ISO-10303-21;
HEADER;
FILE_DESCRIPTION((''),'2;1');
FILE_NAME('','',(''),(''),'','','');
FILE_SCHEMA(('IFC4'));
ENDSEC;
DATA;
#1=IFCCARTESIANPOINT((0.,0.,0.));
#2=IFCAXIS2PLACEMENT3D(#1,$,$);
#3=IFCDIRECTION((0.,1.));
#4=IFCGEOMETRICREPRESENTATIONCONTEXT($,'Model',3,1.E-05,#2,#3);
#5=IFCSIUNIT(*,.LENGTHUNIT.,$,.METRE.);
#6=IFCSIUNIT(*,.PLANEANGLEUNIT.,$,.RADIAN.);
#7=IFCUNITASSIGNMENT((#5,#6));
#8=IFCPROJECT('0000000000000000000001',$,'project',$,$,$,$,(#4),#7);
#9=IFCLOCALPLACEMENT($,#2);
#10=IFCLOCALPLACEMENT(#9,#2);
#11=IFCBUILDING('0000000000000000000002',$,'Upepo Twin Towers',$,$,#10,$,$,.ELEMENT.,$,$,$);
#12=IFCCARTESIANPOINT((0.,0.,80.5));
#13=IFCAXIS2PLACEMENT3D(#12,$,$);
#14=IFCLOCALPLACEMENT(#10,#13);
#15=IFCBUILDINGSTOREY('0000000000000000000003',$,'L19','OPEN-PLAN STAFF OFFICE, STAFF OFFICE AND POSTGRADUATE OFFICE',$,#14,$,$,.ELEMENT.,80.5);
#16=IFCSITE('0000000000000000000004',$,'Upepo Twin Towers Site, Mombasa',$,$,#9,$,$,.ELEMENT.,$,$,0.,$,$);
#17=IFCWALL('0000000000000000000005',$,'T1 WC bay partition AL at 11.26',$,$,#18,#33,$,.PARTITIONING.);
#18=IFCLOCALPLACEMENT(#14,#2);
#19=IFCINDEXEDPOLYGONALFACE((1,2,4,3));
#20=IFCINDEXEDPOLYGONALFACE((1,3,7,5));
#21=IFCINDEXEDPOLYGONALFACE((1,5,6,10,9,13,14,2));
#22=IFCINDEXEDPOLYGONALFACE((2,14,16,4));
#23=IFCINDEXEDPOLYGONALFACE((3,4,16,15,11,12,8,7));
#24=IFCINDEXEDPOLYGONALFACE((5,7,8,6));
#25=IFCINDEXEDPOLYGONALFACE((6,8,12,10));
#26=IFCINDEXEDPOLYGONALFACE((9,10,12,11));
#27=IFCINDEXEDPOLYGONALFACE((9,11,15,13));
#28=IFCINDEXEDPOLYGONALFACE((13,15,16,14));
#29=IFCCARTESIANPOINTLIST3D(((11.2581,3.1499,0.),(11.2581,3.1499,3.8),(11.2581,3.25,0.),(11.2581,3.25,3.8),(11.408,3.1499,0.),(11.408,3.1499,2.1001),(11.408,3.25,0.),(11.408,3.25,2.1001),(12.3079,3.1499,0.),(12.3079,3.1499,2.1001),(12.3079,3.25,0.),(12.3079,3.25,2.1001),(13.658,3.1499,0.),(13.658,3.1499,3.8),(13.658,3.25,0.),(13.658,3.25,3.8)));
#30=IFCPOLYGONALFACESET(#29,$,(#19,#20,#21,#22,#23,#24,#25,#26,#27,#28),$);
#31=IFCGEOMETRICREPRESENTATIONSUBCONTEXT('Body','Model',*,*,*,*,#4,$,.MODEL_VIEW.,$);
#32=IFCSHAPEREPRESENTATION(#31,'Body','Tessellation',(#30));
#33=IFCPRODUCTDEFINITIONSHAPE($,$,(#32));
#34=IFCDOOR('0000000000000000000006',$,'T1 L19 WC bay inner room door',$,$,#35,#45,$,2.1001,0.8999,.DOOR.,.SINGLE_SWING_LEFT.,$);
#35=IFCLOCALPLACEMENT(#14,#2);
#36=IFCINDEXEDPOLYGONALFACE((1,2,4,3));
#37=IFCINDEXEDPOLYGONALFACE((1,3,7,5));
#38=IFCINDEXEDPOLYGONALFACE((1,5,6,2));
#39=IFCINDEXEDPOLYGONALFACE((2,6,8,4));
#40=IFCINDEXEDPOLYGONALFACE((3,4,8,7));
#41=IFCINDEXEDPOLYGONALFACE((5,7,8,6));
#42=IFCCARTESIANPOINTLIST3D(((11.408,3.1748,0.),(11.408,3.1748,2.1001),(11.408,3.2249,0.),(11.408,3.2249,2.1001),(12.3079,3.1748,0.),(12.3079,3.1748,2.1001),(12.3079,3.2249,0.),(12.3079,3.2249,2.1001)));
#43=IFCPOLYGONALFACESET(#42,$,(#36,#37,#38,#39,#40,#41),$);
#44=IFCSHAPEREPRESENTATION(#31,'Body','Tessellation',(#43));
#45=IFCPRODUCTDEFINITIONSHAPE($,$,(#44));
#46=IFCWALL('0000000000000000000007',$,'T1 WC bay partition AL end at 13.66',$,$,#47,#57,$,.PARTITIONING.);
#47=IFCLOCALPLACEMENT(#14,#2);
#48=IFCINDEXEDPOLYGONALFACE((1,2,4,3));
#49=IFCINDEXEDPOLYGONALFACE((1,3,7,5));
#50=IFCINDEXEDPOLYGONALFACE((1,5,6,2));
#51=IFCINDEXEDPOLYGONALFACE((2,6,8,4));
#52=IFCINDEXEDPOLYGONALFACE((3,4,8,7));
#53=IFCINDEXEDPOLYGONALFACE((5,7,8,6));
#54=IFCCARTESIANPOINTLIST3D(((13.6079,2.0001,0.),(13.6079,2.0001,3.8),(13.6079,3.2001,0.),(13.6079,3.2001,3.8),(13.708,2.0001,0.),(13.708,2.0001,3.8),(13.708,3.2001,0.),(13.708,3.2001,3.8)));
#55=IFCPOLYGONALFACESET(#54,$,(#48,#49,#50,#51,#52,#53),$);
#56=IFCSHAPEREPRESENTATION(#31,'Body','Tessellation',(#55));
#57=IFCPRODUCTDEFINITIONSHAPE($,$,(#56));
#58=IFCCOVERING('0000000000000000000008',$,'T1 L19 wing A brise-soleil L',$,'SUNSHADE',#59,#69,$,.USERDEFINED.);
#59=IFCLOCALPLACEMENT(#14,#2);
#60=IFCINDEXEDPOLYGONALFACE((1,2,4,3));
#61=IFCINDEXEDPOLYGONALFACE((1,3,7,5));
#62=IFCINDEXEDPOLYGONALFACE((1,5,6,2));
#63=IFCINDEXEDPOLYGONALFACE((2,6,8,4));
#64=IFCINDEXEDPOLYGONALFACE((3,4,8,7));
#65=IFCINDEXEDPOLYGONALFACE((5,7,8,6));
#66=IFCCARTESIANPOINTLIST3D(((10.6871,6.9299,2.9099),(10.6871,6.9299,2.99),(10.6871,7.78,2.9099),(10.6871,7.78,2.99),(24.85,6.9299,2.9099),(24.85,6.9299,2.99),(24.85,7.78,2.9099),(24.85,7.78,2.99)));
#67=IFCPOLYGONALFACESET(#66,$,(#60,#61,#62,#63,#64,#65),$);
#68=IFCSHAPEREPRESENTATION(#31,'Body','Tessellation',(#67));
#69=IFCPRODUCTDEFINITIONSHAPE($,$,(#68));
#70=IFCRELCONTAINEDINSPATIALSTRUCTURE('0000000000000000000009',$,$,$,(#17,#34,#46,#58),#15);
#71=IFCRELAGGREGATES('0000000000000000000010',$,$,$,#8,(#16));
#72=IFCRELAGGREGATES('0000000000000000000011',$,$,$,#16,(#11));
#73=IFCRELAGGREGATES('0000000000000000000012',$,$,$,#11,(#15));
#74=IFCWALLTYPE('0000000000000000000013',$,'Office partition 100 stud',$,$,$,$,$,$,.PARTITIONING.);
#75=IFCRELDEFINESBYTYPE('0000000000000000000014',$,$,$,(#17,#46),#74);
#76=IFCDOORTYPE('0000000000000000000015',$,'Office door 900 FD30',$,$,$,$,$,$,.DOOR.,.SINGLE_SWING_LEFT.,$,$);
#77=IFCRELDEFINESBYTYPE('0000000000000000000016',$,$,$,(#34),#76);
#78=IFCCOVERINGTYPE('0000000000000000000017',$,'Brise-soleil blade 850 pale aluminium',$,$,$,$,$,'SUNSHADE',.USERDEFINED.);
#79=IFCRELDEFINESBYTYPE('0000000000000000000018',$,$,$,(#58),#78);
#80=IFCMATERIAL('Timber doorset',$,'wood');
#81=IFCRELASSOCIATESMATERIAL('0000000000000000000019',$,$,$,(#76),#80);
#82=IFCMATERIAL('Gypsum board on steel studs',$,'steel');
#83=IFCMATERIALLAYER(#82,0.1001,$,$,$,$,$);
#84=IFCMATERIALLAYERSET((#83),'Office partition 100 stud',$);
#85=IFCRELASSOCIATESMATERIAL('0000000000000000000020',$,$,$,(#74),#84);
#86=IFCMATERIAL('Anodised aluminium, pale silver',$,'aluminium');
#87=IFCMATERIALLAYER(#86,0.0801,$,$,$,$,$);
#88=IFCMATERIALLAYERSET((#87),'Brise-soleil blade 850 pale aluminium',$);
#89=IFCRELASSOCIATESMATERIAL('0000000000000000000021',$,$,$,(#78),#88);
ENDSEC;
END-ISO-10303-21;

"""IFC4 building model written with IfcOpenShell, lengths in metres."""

from ifc_helpers import new_model, si_unit, direction, frame, frame_2d, origin, origin_2d, place, context, subcontext, project, spatial, rectangle, extrude, material, layer, layer_set, type_object, element, fill, save


model = new_model("IFC4")

# Units and contexts
model_context = context("Model", 3, precision=1e-05, world=origin(), true_north=direction((0.0, 1.0)))
body_context = subcontext(model_context, "Body", "Model", "MODEL_VIEW")
ifc_project = project(units=[si_unit("LENGTHUNIT", "METRE"), si_unit("PLANEANGLEUNIT", "RADIAN")], contexts=[model_context])

# Site, building, storey
site_placement = place(None, origin())
site = spatial("IfcSite", under=ifc_project, at=site_placement, Name="Upepo Twin Towers Site, Mombasa", CompositionType="ELEMENT", RefElevation=0.0)
building_placement = place(site_placement, origin())
building = spatial("IfcBuilding", under=site, at=building_placement, Name="Upepo Twin Towers", CompositionType="ELEMENT")
storey_placement = place(building_placement, frame((0.0, 0.0, 80.5)))
storey = spatial("IfcBuildingStorey", under=building, at=storey_placement, Name="L19", Description="OPEN-PLAN STAFF OFFICE, STAFF OFFICE AND POSTGRADUATE OFFICE", CompositionType="ELEMENT", Elevation=80.5)

# Shared definitions
ifc_material_1 = material(Name="Timber doorset", Category="wood")
door_type_1 = type_object("IfcDoorType", Name="Office door 900 FD30", OperationType="SINGLE_SWING_LEFT", PredefinedType="DOOR", material=ifc_material_1)

# Shared definitions
ifc_material_2 = material(Name="Gypsum board on steel studs", Category="steel")
ifc_layer_1 = layer(ifc_material_2, 0.1001)
ifc_layer_set_1 = layer_set([ifc_layer_1], Name="Office partition 100 stud")
wall_type_1 = type_object("IfcWallType", Name="Office partition 100 stud", PredefinedType="PARTITIONING", material=ifc_layer_set_1)

# Wall, opening, door
wall_1_placement = place(storey_placement, frame((11.2581, 3.2, 0.0), z_axis=(0.0, 0.0, 1.0), x_axis=(1.0, 0.0, 0.0)))
wall_1 = element("IfcWall", 1, at=wall_1_placement, inside=storey, type_object=wall_type_1, Name="T1 WC bay partition AL at 11.26", PredefinedType="PARTITIONING", context=body_context, shape_type="SweptSolid", body=[
    extrude(rectangle(XDim=2.3999, YDim=0.1001, at=frame_2d((1.2, 0.0))), origin(), (0.0, 0.0, 1.0), 3.8),
])
opening_1_placement = place(wall_1_placement, frame((0.1499, 0.0, 0.0)))
opening_1 = element("IfcOpeningElement", 2, at=opening_1_placement, cuts=wall_1, PredefinedType="OPENING", context=body_context, shape_type="SweptSolid", body=[
    extrude(rectangle(XDim=0.8999, YDim=2.1001, at=frame_2d((0.45, 1.05))), frame((0.0, 0.0601, 0.0), z_axis=(0.0, -1.0, 0.0), x_axis=(1.0, 0.0, 0.0)), (0.0, 0.0, 1.0), 0.1201),
])
door_1_placement = place(opening_1_placement, origin())
door_1 = element("IfcDoor", 3, at=door_1_placement, inside=storey, type_object=door_type_1, Name="T1 L19 WC bay inner room door", OperationType="SINGLE_SWING_LEFT", OverallHeight=2.1001, OverallWidth=0.8999, PredefinedType="DOOR", context=body_context, shape_type="SweptSolid", body=[
    extrude(rectangle(XDim=0.8999, YDim=2.1001, at=frame_2d((0.45, 1.05))), frame((0.0, 0.0249, 0.0), z_axis=(0.0, -1.0, 0.0), x_axis=(1.0, 0.0, 0.0)), (0.0, 0.0, 1.0), 0.05),
])
fill(opening_1, door_1)

# Wall
wall_2_placement = place(storey_placement, frame((13.658, 2.0, 0.0), z_axis=(0.0, 0.0, 1.0), x_axis=(0.0, 1.0, 0.0)))
element("IfcWall", 4, at=wall_2_placement, inside=storey, type_object=wall_type_1, Name="T1 WC bay partition AL end at 13.66", PredefinedType="PARTITIONING", context=body_context, shape_type="SweptSolid", body=[
    extrude(rectangle(XDim=1.2, YDim=0.1001, at=frame_2d((0.6001, 0.0))), origin(), (0.0, 0.0, 1.0), 3.8),
])

# Covering
ifc_material_3 = material(Name="Anodised aluminium, pale silver", Category="aluminium")
ifc_layer_2 = layer(ifc_material_3, 0.0801)
ifc_layer_set_2 = layer_set([ifc_layer_2], Name="Brise-soleil blade 850 pale aluminium")
covering_type = type_object("IfcCoveringType", Name="Brise-soleil blade 850 pale aluminium", ElementType="SUNSHADE", PredefinedType="USERDEFINED", material=ifc_layer_set_2)
covering_placement = place(storey_placement, frame((17.7686, 7.355, 2.9099), z_axis=(0.0, 0.0, 1.0), x_axis=(1.0, 0.0, 0.0)))
element("IfcCovering", 5, at=covering_placement, inside=storey, type_object=covering_type, Name="T1 L19 wing A brise-soleil L", ObjectType="SUNSHADE", PredefinedType="USERDEFINED", context=body_context, shape_type="SweptSolid", body=[
    extrude(rectangle(XDim=14.1628, YDim=0.8501, at=origin_2d()), origin(), (0.0, 0.0, 1.0), 0.0801),
])

save(model, "model.ifc")
